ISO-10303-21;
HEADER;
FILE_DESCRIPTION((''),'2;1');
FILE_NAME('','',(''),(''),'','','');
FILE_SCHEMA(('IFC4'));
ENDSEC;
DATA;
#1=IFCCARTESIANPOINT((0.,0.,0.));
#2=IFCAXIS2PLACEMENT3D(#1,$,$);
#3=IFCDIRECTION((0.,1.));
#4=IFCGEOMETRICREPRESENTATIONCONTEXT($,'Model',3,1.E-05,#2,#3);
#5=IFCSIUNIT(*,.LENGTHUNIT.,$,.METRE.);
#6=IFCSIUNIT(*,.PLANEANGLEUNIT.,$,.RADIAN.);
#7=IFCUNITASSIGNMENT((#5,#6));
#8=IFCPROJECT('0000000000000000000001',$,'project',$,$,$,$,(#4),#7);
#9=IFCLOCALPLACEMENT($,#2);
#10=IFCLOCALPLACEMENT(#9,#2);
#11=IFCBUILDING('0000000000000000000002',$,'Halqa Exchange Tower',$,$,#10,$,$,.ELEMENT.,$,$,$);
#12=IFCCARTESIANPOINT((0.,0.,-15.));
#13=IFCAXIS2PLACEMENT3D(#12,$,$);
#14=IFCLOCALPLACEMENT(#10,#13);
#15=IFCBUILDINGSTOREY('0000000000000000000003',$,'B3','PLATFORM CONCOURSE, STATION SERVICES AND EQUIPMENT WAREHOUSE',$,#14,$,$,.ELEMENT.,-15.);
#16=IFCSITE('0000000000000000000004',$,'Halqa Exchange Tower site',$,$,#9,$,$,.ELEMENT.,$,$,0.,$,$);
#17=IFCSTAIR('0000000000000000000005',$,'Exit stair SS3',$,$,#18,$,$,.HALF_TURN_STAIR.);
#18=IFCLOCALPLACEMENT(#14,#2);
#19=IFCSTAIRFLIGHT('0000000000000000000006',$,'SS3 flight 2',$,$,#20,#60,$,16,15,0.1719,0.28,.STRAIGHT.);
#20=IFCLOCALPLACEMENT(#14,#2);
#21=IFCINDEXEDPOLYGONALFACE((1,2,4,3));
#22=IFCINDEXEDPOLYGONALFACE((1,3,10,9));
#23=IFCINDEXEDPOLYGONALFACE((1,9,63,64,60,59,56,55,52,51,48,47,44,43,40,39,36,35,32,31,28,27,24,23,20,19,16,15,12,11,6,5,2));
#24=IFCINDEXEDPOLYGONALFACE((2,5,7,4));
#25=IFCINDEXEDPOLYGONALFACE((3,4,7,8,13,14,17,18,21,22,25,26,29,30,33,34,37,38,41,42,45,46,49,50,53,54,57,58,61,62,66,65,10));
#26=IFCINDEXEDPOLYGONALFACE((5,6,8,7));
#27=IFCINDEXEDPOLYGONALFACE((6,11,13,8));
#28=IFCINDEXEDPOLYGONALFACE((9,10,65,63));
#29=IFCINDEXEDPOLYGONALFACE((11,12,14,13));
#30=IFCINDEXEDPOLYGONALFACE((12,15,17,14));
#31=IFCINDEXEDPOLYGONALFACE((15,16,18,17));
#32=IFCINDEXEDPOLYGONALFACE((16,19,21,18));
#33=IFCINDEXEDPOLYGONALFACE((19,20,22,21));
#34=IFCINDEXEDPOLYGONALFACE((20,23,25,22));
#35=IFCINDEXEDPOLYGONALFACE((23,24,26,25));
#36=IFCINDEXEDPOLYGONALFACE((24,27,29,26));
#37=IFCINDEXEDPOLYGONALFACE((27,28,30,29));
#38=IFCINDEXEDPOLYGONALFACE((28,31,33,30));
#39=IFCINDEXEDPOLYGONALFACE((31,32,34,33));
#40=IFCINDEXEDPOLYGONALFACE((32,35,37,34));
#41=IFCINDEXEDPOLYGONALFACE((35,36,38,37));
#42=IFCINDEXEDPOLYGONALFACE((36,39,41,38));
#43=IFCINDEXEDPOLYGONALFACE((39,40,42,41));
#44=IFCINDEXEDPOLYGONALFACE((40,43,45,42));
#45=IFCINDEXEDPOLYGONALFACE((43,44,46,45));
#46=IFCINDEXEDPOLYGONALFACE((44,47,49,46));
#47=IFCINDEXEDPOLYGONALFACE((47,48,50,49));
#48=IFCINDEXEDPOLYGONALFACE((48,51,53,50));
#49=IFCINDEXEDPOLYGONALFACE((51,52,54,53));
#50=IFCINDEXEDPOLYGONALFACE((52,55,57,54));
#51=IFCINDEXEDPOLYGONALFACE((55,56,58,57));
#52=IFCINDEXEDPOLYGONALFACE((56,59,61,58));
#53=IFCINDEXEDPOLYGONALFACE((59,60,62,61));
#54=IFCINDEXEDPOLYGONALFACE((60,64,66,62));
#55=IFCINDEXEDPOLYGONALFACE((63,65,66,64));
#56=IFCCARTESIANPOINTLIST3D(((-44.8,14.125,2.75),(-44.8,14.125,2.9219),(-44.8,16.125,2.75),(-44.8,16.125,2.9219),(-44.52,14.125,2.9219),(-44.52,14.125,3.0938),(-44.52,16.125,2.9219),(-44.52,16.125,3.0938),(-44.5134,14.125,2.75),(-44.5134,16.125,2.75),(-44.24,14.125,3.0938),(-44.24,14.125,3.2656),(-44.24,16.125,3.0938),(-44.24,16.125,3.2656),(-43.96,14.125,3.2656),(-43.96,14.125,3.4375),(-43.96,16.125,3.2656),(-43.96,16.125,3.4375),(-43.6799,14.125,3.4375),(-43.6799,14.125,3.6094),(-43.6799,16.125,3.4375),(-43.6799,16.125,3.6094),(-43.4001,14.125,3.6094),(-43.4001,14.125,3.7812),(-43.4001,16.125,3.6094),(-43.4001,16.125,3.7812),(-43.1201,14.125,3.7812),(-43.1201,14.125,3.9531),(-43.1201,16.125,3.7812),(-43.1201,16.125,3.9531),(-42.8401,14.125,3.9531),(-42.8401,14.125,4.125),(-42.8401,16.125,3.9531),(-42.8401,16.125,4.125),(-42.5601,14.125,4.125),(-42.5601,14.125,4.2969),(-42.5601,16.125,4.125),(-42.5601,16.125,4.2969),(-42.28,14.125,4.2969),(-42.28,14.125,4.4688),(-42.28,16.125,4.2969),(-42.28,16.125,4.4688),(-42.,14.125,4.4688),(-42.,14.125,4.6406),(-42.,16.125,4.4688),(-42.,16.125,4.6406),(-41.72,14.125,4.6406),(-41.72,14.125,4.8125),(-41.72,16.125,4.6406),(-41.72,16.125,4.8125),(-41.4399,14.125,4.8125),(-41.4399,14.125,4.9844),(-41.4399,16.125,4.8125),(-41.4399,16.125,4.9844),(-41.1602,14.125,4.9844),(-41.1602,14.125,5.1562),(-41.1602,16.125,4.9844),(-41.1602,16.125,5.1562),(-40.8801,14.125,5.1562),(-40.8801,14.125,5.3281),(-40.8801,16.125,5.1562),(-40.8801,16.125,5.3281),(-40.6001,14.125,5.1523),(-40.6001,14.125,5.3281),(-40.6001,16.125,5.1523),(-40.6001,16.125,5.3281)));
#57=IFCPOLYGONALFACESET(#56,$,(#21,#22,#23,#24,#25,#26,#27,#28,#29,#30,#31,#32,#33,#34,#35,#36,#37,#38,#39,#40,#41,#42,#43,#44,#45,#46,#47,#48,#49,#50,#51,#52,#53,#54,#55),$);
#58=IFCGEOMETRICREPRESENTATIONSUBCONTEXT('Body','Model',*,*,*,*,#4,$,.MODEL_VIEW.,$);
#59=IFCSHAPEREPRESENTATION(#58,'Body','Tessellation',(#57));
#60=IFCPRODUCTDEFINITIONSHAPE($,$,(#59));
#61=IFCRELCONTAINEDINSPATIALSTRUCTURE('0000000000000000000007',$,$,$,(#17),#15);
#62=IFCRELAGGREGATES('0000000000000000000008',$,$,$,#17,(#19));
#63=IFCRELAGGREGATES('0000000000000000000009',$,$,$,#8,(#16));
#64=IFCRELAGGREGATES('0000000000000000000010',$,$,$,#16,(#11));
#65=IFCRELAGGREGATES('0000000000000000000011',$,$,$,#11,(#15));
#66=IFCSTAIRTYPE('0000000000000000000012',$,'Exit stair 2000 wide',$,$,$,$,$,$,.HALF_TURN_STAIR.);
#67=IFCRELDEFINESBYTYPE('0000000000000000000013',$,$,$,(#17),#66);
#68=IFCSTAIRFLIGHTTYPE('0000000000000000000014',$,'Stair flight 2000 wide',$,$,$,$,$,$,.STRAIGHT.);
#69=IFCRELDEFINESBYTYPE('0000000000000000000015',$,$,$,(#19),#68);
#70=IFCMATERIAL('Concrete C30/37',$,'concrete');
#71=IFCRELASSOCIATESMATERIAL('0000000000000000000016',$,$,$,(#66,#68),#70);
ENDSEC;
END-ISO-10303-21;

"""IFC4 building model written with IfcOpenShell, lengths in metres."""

from ifc_helpers import new_model, si_unit, direction, frame, origin, place, context, subcontext, project, spatial, polyline, outline, extrude, material, type_object, element, aggregate, save


model = new_model("IFC4")

# Units and contexts
model_context = context("Model", 3, precision=1e-05, world=origin(), true_north=direction((0.0, 1.0)))
body_context = subcontext(model_context, "Body", "Model", "MODEL_VIEW")
ifc_project = project(units=[si_unit("LENGTHUNIT", "METRE"), si_unit("PLANEANGLEUNIT", "RADIAN")], contexts=[model_context])

# Site, building, storey
site_placement = place(None, origin())
site = spatial("IfcSite", under=ifc_project, at=site_placement, Name="Halqa Exchange Tower site", CompositionType="ELEMENT", RefElevation=0.0)
building_placement = place(site_placement, origin())
building = spatial("IfcBuilding", under=site, at=building_placement, Name="Halqa Exchange Tower", CompositionType="ELEMENT")
storey_placement = place(building_placement, frame((0.0, 0.0, -15.0)))
storey = spatial("IfcBuildingStorey", under=building, at=storey_placement, Name="B3", Description="PLATFORM CONCOURSE, STATION SERVICES AND EQUIPMENT WAREHOUSE", CompositionType="ELEMENT", Elevation=-15.0)

# Shared definitions
ifc_material_1 = material(Name="Concrete C30/37", Category="concrete")

# Stair, stair flight
stair_type = type_object("IfcStairType", Name="Exit stair 2000 wide", PredefinedType="HALF_TURN_STAIR", material=ifc_material_1)
stair_placement = place(storey_placement, origin())
stair = element("IfcStair", 1, at=stair_placement, inside=storey, type_object=stair_type, Name="Exit stair SS3", PredefinedType="HALF_TURN_STAIR")
stair_flight_type = type_object("IfcStairFlightType", Name="Stair flight 2000 wide", PredefinedType="STRAIGHT", material=ifc_material_1)
stair_flight_placement = place(storey_placement, frame((-44.8, 15.125, 2.75), z_axis=(0.0, 0.0, 1.0), x_axis=(1.0, 0.0, 0.0)))
stair_flight = element("IfcStairFlight", 2, at=stair_flight_placement, type_object=stair_flight_type, Name="SS3 flight 2", NumberOfRisers=16, NumberOfTreads=15, PredefinedType="STRAIGHT", RiserHeight=0.1719, TreadLength=0.28, context=body_context, shape_type="SweptSolid", body=[
    extrude(outline(polyline([(0.0, 0.0), (0.0, 0.1719), (0.28, 0.1719), (0.28, 0.3438), (0.5601, 0.3438), (0.5601, 0.5156), (0.8401, 0.5156), (0.8401, 0.6875), (1.1201, 0.6875), (1.1201, 0.8594), (1.3999, 0.8594), (1.3999, 1.0312), (1.6799, 1.0312), (1.6799, 1.2031), (1.96, 1.2031), (1.96, 1.375), (2.24, 1.375), (2.24, 1.5469), (2.52, 1.5469), (2.52, 1.7188), (2.8, 1.7188), (2.8, 1.8906), (3.0801, 1.8906), (3.0801, 2.0625), (3.3601, 2.0625), (3.3601, 2.2344), (3.6399, 2.2344), (3.6399, 2.4062), (3.9199, 2.4062), (3.9199, 2.5781), (4.2, 2.5781), (4.2, 2.75), (4.2, 2.4023), (0.2866, 0.0), (0.0, 0.0)])), frame((0.0, 1.0, 0.0), z_axis=(0.0, -1.0, 0.0), x_axis=(1.0, 0.0, 0.0)), (0.0, 0.0, 1.0), 2.0),
])
aggregate(stair, [stair_flight])

save(model, "model.ifc")
